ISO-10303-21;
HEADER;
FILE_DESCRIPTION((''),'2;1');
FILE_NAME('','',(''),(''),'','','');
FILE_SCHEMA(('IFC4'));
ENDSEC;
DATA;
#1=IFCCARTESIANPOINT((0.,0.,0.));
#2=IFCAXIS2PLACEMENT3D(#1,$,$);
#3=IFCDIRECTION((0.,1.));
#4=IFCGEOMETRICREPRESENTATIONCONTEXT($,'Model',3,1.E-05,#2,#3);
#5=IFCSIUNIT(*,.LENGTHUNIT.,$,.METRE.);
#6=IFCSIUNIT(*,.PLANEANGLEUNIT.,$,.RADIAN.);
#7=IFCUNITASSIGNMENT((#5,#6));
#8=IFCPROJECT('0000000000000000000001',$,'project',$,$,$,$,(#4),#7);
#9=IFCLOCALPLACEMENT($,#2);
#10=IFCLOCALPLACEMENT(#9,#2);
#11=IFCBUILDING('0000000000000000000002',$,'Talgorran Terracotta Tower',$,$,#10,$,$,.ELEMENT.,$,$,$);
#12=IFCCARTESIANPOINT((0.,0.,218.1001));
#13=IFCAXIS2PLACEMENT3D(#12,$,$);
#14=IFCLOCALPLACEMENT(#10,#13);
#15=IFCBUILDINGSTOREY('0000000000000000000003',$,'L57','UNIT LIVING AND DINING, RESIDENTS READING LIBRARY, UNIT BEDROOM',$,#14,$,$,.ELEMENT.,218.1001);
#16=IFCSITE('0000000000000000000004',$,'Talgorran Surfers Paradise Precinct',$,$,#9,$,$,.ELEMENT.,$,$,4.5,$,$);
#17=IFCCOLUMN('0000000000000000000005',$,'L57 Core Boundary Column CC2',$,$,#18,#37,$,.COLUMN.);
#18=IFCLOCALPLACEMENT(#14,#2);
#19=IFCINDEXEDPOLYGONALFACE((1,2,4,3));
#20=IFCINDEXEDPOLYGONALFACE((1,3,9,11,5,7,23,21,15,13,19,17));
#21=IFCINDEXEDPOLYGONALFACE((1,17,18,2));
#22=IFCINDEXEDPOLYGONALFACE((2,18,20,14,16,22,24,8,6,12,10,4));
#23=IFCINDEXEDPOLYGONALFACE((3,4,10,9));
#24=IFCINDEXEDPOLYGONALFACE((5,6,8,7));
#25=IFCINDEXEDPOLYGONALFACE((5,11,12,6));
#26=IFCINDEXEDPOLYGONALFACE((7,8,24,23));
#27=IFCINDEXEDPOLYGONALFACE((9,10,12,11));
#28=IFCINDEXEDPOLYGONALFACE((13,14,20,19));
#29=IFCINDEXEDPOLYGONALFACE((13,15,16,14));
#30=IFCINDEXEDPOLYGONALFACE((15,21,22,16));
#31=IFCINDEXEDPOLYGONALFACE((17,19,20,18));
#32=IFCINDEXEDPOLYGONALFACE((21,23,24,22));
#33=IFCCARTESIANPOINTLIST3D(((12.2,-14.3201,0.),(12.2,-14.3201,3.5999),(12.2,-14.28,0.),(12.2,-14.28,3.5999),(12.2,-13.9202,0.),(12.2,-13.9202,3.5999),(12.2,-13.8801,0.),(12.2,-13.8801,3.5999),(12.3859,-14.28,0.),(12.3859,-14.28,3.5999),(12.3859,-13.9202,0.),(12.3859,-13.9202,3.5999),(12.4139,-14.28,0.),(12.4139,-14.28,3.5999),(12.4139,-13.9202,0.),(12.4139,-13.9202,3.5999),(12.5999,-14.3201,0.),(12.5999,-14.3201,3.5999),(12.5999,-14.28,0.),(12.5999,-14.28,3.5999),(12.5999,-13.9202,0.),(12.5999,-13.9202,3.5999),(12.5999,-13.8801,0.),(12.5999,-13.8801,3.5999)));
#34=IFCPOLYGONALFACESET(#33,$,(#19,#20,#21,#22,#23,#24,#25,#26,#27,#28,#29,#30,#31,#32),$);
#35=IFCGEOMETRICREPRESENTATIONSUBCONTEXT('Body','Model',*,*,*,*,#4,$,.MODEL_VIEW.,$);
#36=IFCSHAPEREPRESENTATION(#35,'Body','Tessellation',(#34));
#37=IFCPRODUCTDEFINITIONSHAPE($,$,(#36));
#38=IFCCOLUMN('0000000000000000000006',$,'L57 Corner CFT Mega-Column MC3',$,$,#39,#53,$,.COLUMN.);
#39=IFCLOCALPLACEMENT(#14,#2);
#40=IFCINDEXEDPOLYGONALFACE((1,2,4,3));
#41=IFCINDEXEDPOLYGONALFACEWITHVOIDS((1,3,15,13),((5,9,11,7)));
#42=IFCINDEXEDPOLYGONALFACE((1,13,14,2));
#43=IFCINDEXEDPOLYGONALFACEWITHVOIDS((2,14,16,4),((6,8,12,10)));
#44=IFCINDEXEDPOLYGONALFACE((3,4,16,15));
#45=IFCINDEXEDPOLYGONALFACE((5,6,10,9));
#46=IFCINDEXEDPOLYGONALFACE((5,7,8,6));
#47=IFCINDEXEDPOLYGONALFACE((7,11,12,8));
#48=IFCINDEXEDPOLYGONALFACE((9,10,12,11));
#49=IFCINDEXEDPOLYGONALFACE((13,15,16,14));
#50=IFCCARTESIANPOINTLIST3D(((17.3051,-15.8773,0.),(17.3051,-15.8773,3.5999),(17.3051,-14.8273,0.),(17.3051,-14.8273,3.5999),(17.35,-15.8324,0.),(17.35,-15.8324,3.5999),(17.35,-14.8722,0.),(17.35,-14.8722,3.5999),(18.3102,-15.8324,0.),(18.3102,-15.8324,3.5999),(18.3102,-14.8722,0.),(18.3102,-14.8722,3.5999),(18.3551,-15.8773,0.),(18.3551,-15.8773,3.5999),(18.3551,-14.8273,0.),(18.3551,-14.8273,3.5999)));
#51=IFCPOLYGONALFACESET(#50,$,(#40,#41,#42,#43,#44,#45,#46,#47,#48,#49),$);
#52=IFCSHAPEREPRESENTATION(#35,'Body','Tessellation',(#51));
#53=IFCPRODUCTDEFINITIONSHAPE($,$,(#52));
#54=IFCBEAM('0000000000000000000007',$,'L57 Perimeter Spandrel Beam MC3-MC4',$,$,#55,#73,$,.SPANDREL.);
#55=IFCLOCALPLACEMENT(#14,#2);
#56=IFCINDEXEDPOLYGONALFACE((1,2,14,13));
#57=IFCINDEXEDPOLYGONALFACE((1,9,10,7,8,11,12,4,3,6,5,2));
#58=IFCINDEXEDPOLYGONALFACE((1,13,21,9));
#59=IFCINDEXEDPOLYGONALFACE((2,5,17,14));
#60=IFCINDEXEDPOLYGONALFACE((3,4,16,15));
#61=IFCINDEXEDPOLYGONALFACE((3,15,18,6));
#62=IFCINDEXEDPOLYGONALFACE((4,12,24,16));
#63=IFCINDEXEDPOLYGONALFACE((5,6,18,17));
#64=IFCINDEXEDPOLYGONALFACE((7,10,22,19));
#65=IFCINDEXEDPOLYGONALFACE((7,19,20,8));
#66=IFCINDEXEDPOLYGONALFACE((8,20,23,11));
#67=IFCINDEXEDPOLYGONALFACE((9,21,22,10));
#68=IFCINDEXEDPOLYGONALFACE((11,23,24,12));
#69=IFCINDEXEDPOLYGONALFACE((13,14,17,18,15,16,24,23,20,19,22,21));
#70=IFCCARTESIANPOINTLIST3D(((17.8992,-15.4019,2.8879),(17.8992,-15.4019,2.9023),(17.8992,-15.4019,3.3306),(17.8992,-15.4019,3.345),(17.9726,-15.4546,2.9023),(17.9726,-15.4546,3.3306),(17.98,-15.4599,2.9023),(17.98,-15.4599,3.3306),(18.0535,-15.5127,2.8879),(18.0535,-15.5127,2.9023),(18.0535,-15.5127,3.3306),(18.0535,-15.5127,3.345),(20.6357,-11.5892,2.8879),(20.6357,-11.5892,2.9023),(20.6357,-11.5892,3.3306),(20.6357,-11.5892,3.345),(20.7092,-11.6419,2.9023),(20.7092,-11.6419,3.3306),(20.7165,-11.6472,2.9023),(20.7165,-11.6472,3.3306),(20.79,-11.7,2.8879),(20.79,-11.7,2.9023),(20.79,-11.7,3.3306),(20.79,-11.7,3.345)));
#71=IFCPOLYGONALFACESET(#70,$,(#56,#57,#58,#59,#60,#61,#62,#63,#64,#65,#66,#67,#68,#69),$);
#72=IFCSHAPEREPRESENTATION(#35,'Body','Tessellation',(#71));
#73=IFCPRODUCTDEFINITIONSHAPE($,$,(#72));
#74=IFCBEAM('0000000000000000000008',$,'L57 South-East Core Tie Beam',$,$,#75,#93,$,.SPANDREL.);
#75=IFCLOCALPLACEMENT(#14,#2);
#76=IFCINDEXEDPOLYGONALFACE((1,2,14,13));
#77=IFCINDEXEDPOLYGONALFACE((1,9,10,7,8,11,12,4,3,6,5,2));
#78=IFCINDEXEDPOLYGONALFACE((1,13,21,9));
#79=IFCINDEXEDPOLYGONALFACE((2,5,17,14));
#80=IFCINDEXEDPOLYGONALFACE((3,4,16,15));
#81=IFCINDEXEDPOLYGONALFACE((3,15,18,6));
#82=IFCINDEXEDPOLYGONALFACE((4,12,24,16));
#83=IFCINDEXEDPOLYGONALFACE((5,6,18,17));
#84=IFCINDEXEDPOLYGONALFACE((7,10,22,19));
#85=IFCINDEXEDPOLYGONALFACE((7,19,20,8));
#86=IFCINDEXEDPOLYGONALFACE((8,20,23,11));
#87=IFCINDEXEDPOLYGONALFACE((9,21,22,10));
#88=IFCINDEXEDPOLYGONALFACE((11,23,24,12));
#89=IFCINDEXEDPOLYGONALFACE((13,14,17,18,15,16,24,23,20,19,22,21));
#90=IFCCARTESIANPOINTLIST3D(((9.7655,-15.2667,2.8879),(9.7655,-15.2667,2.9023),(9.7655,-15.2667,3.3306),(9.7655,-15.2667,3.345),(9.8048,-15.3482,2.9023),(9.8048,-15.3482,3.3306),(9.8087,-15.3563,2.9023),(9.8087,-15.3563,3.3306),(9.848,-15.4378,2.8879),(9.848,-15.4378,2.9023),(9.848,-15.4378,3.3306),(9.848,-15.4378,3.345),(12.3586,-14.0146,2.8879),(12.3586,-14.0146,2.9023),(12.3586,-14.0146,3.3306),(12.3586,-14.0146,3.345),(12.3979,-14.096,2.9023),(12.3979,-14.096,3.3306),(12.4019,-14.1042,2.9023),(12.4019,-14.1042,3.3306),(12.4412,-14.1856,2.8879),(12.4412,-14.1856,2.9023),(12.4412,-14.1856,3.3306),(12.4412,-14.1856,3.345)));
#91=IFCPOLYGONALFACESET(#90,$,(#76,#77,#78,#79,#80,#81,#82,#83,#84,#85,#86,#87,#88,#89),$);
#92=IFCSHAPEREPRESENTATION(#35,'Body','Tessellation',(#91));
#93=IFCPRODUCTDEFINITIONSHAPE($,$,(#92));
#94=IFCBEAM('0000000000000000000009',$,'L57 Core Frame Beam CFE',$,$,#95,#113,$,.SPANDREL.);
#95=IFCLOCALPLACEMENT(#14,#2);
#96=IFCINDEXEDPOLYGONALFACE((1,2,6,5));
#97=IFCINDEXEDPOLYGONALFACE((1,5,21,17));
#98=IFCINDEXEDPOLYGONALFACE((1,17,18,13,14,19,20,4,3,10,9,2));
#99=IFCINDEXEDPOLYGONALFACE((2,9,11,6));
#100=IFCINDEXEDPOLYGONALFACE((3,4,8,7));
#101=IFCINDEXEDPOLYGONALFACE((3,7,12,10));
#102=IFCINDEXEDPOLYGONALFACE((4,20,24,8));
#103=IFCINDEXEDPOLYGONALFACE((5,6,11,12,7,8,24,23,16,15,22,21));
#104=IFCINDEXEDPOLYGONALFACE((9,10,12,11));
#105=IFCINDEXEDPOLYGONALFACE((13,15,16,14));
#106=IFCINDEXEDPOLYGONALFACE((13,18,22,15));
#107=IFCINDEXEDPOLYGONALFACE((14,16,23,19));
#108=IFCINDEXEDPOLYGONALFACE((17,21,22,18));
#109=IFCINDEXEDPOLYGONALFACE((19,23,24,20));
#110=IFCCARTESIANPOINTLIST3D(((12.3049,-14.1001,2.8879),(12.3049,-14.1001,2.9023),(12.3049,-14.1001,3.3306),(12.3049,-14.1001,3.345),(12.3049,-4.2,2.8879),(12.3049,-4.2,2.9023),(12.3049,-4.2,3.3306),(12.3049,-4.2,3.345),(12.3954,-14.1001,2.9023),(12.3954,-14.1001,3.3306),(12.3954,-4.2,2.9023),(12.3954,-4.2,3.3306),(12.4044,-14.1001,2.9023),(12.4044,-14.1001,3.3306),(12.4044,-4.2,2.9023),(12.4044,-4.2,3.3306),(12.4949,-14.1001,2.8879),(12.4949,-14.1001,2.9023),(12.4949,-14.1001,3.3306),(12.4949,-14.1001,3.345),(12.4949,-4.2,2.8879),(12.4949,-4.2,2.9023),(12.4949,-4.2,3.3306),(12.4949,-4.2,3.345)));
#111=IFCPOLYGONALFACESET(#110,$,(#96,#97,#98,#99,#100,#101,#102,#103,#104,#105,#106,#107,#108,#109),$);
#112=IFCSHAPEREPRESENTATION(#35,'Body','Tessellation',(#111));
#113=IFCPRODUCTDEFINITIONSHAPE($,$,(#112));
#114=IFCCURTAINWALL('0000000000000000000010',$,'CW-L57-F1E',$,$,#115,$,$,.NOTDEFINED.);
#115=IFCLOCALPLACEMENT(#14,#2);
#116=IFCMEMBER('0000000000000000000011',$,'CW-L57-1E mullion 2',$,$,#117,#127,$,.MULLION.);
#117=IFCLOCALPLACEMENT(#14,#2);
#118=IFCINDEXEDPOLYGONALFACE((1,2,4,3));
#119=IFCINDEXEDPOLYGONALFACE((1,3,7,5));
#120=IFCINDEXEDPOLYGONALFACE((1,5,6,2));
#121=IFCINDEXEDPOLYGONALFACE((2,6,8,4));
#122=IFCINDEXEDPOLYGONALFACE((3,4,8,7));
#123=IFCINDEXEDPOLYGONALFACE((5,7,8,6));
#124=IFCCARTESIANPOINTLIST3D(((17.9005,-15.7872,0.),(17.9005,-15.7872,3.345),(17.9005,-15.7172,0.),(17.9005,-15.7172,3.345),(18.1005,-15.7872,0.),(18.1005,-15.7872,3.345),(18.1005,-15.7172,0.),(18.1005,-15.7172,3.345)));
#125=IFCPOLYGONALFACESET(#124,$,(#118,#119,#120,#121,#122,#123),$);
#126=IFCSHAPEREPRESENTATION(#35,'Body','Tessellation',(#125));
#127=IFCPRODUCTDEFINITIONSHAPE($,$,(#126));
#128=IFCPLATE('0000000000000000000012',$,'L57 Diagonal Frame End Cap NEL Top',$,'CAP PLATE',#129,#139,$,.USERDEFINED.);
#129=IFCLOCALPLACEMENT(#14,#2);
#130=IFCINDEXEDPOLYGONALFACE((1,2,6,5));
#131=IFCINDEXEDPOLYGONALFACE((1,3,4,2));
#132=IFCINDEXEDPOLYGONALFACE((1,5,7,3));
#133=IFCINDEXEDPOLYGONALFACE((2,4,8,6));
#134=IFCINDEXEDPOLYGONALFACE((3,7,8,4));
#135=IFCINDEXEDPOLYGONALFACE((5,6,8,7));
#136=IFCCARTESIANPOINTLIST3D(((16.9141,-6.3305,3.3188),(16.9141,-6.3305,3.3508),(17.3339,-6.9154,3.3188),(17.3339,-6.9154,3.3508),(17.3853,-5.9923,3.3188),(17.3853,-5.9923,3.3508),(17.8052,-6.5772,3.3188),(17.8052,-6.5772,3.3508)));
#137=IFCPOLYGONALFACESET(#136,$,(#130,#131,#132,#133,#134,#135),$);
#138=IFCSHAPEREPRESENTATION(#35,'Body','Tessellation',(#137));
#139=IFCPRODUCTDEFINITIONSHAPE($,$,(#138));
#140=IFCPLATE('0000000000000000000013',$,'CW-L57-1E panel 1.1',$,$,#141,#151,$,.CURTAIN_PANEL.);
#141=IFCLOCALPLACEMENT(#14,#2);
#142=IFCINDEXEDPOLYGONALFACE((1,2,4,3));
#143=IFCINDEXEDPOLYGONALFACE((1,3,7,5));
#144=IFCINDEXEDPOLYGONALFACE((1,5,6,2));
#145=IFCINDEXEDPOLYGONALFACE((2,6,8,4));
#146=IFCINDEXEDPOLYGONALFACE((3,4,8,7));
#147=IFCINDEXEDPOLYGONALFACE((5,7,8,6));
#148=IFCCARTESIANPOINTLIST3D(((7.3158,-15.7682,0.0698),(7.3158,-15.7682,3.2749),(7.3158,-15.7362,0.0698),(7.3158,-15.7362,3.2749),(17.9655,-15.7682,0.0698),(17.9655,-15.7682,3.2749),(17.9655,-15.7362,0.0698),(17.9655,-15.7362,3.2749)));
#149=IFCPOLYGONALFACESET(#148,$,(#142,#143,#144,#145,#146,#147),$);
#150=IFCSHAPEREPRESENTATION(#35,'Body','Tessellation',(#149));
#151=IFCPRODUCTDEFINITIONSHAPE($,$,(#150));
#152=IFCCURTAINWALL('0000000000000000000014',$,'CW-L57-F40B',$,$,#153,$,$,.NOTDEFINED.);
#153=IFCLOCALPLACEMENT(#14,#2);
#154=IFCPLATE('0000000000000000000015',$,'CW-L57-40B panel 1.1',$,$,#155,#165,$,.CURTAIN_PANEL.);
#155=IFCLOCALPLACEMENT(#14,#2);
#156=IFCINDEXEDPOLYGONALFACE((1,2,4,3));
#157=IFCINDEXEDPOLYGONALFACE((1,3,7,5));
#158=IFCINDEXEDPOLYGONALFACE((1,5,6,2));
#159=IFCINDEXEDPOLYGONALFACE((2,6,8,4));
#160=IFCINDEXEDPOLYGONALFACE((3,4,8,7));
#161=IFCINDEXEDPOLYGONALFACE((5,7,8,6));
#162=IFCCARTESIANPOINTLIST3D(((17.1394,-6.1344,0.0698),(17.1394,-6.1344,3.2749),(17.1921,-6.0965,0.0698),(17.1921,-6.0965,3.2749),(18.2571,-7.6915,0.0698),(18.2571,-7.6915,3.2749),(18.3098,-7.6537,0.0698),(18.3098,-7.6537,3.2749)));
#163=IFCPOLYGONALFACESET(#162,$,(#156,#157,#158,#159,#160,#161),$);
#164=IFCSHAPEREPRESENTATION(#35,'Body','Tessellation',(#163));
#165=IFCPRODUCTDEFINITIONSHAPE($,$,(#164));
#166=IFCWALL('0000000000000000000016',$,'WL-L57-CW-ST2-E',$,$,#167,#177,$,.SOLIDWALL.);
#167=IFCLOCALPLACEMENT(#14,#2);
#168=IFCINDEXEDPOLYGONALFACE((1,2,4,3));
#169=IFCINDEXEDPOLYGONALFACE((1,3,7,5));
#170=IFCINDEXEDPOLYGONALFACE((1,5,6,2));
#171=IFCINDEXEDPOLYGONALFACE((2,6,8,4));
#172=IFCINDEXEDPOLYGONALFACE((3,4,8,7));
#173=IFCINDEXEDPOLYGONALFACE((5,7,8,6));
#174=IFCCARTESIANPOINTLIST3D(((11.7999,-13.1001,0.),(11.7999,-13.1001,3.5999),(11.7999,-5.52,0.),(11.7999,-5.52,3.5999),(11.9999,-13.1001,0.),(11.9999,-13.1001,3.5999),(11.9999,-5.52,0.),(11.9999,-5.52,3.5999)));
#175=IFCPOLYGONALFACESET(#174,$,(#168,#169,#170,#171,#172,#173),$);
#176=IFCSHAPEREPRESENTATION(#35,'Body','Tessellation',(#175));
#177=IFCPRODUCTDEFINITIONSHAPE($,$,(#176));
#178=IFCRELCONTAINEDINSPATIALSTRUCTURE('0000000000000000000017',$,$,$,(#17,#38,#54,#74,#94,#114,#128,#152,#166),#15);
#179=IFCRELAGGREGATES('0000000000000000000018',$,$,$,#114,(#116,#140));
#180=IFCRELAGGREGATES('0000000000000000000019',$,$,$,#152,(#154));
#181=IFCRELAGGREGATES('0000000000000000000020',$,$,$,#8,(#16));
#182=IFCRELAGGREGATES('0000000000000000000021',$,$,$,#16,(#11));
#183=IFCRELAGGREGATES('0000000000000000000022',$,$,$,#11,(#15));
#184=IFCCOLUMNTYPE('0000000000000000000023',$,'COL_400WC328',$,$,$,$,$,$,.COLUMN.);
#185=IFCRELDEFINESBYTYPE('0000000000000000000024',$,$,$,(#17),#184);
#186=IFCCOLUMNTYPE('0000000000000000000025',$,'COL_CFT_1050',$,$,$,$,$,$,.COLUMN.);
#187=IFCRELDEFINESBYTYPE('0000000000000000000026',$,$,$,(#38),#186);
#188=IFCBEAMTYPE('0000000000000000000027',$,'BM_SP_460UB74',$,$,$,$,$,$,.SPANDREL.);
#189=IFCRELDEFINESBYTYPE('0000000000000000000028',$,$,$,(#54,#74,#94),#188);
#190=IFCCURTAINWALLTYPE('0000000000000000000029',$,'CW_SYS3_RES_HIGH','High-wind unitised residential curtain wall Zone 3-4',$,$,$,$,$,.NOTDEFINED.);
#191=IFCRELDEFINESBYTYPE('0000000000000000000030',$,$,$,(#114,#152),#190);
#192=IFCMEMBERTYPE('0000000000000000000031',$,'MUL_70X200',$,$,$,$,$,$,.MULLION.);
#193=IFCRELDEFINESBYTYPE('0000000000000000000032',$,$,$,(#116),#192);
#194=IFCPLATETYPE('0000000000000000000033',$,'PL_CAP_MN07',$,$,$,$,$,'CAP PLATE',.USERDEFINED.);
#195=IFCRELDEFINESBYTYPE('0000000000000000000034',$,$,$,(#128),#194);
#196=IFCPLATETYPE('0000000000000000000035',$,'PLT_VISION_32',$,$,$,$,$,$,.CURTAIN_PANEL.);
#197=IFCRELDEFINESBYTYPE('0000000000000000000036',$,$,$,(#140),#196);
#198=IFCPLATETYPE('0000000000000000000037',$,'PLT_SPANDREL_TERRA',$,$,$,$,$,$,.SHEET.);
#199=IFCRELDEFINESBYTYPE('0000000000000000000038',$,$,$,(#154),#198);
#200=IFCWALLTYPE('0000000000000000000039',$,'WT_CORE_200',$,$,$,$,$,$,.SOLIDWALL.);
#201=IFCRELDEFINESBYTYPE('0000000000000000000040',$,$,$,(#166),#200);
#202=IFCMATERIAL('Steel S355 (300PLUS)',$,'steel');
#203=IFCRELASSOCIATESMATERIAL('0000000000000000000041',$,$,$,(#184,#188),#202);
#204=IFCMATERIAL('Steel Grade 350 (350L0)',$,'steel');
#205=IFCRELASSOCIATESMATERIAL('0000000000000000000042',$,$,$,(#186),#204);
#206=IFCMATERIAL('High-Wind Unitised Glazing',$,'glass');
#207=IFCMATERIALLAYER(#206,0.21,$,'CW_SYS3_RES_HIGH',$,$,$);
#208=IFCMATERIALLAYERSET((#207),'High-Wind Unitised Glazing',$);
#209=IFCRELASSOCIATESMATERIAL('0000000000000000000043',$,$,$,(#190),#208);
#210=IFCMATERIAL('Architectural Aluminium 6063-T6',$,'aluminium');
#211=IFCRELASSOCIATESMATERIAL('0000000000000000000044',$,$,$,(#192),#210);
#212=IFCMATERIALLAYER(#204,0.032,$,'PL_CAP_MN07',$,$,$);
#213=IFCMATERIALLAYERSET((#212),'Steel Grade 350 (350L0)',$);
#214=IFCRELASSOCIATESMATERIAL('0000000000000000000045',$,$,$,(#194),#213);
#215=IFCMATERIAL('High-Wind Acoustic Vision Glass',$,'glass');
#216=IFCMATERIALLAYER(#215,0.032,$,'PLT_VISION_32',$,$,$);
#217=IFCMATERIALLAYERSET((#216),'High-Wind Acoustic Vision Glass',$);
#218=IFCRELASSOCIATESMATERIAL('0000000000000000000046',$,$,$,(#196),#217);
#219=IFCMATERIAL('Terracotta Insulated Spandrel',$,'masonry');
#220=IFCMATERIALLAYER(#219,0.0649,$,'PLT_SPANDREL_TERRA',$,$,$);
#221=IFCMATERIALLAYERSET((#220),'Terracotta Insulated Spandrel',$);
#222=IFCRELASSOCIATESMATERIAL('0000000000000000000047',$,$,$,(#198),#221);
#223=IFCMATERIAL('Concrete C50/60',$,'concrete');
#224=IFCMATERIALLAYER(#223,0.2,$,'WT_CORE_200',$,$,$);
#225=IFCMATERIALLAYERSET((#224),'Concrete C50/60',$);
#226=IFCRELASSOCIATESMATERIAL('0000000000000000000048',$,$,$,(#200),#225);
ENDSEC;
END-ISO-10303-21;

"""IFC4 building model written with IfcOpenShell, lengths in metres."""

from ifc_helpers import new_model, si_unit, direction, frame, frame_2d, origin, origin_2d, place, context, subcontext, project, spatial, rectangle, hollow_rectangle, i_section, extrude, source, transform, mapped, material, layer, layer_set, material_profile, profile_set, type_object, type_shapes, element, aggregate, save


model = new_model("IFC4")

# Units and contexts
model_context = context("Model", 3, precision=1e-05, world=origin(), true_north=direction((0.0, 1.0)))
body_context = subcontext(model_context, "Body", "Model", "MODEL_VIEW")
ifc_project = project(units=[si_unit("LENGTHUNIT", "METRE"), si_unit("PLANEANGLEUNIT", "RADIAN")], contexts=[model_context])

# Site, building, storey
site_placement = place(None, origin())
site = spatial("IfcSite", under=ifc_project, at=site_placement, Name="Talgorran Surfers Paradise Precinct", CompositionType="ELEMENT", RefElevation=4.5)
building_placement = place(site_placement, origin())
building = spatial("IfcBuilding", under=site, at=building_placement, Name="Talgorran Terracotta Tower", CompositionType="ELEMENT")
storey_placement = place(building_placement, frame((0.0, 0.0, 218.1001)))
storey = spatial("IfcBuildingStorey", under=building, at=storey_placement, Name="L57", Description="UNIT LIVING AND DINING, RESIDENTS READING LIBRARY, UNIT BEDROOM", CompositionType="ELEMENT", Elevation=218.1001)

# Columns
ifc_material_1 = material(Name="Steel S355 (300PLUS)", Category="steel")
ifc_material_profile_1 = material_profile(ifc_material_1, i_section(OverallWidth=0.3999, OverallDepth=0.4399, WebThickness=0.0281, FlangeThickness=0.04, at=origin_2d()), Name="400WC328")
ifc_profile_set_1 = profile_set([ifc_material_profile_1], Name="Steel S355 (300PLUS)")
column_type_1 = type_object("IfcColumnType", Name="COL_400WC328", PredefinedType="COLUMN", material=ifc_profile_set_1)
column_1_placement = place(storey_placement, frame((12.3999, -14.1001, 0.0), z_axis=(0.0, 0.0, 1.0), x_axis=(1.0, 0.0, 0.0)))
element("IfcColumn", 1, at=column_1_placement, inside=storey, type_object=column_type_1, Name="L57 Core Boundary Column CC2", PredefinedType="COLUMN", context=body_context, shape_type="SweptSolid", body=[
    extrude(i_section(OverallWidth=0.3999, OverallDepth=0.4399, WebThickness=0.0281, FlangeThickness=0.04, at=origin_2d()), origin(), (0.0, 0.0, 1.0), 3.5999),
])
ifc_material_2 = material(Name="Steel Grade 350 (350L0)", Category="steel")
ifc_material_profile_2 = material_profile(ifc_material_2, hollow_rectangle(XDim=1.05, YDim=1.05, WallThickness=0.0449, at=origin_2d()), Name="CFT1050X1050X45")
ifc_profile_set_2 = profile_set([ifc_material_profile_2], Name="Steel Grade 350 (350L0)")
column_type_2 = type_object("IfcColumnType", Name="COL_CFT_1050", PredefinedType="COLUMN", material=ifc_profile_set_2)
column_2_placement = place(storey_placement, frame((17.8301, -15.3523, 0.0), z_axis=(0.0, 0.0, 1.0), x_axis=(1.0, 0.0, 0.0)))
element("IfcColumn", 2, at=column_2_placement, inside=storey, type_object=column_type_2, Name="L57 Corner CFT Mega-Column MC3", PredefinedType="COLUMN", context=body_context, shape_type="SweptSolid", body=[
    extrude(hollow_rectangle(XDim=1.05, YDim=1.05, WallThickness=0.0449, at=origin_2d()), origin(), (0.0, 0.0, 1.0), 3.5999),
])

# Beams
ifc_material_profile_3 = material_profile(ifc_material_1, i_section(OverallWidth=0.1899, OverallDepth=0.457, WebThickness=0.009, FlangeThickness=0.0144, at=origin_2d()), Name="460UB74.6")
ifc_profile_set_3 = profile_set([ifc_material_profile_3], Name="Steel S355 (300PLUS)")
beam_type = type_object("IfcBeamType", Name="BM_SP_460UB74", PredefinedType="SPANDREL", material=ifc_profile_set_3)
beam_1_placement = place(storey_placement, frame((17.9763, -15.4573, 3.1165), z_axis=(0.583097, 0.812403, 0.0), x_axis=(-0.812403, 0.583097, 0.0)))
element("IfcBeam", 3, at=beam_1_placement, inside=storey, type_object=beam_type, Name="L57 Perimeter Spandrel Beam MC3-MC4", PredefinedType="SPANDREL", context=body_context, shape_type="SweptSolid", body=[
    extrude(i_section(OverallWidth=0.1899, OverallDepth=0.457, WebThickness=0.009, FlangeThickness=0.0144, at=origin_2d()), origin(), (0.0, 0.0, 1.0), 4.6931),
])
beam_2_placement = place(storey_placement, frame((12.3999, -14.1001, 3.1165), z_axis=(-0.900514, -0.434827, 0.0), x_axis=(0.434827, -0.900514, 0.0)))
element("IfcBeam", 4, at=beam_2_placement, inside=storey, type_object=beam_type, Name="L57 South-East Core Tie Beam", PredefinedType="SPANDREL", context=body_context, shape_type="SweptSolid", body=[
    extrude(i_section(OverallWidth=0.1899, OverallDepth=0.457, WebThickness=0.009, FlangeThickness=0.0144, at=origin_2d()), origin(), (0.0, 0.0, 1.0), 2.8796),
])
beam_3_placement = place(storey_placement, frame((12.3999, -14.1001, 3.1165), z_axis=(0.0, 1.0, 0.0), x_axis=(-1.0, 0.0, 0.0)))
element("IfcBeam", 5, at=beam_3_placement, inside=storey, type_object=beam_type, Name="L57 Core Frame Beam CFE", PredefinedType="SPANDREL", context=body_context, shape_type="SweptSolid", body=[
    extrude(i_section(OverallWidth=0.1899, OverallDepth=0.457, WebThickness=0.009, FlangeThickness=0.0144, at=origin_2d()), origin(), (0.0, 0.0, 1.0), 9.9001),
])

# Curtain wall, member
ifc_material_3 = material(Name="High-Wind Unitised Glazing", Category="glass")
ifc_layer_1 = layer(ifc_material_3, 0.21, Name="CW_SYS3_RES_HIGH")
ifc_layer_set_1 = layer_set([ifc_layer_1], Name="High-Wind Unitised Glazing")
curtain_wall_type = type_object("IfcCurtainWallType", Name="CW_SYS3_RES_HIGH", Description="High-wind unitised residential curtain wall Zone 3-4", PredefinedType="NOTDEFINED", material=ifc_layer_set_1)
curtain_wall_1_placement = place(storey_placement, origin())
curtain_wall_1 = element("IfcCurtainWall", 6, at=curtain_wall_1_placement, inside=storey, type_object=curtain_wall_type, Name="CW-L57-F1E", PredefinedType="NOTDEFINED")
ifc_material_4 = material(Name="Architectural Aluminium 6063-T6", Category="aluminium")
ifc_material_profile_4 = material_profile(ifc_material_4, rectangle(XDim=0.0701, YDim=0.2, at=origin_2d()), Name="CWM70X200")
ifc_profile_set_4 = profile_set([ifc_material_profile_4], Name="Architectural Aluminium 6063-T6")
member_type = type_object("IfcMemberType", Name="MUL_70X200", PredefinedType="MULLION", material=ifc_profile_set_4)
member_placement = place(storey_placement, frame((18.0005, -15.7522, 0.0), z_axis=(0.0, 0.0, 1.0), x_axis=(0.0, 1.0, 0.0)))
member = element("IfcMember", 7, at=member_placement, type_object=member_type, Name="CW-L57-1E mullion 2", PredefinedType="MULLION", context=body_context, shape_type="SweptSolid", body=[
    extrude(rectangle(XDim=0.0701, YDim=0.2, at=origin_2d()), origin(), (0.0, 0.0, 1.0), 3.345),
])

# Plates
ifc_layer_2 = layer(ifc_material_2, 0.032, Name="PL_CAP_MN07")
ifc_layer_set_2 = layer_set([ifc_layer_2], Name="Steel Grade 350 (350L0)")
plate_type_1 = type_object("IfcPlateType", Name="PL_CAP_MN07", ElementType="CAP PLATE", PredefinedType="USERDEFINED", material=ifc_layer_set_2)
plate_1_placement = place(storey_placement, frame((17.3596, -6.4539, 3.3188), z_axis=(0.0, 0.0, 1.0), x_axis=(-0.583116, 0.812389, 0.0)))
element("IfcPlate", 8, at=plate_1_placement, inside=storey, type_object=plate_type_1, Name="L57 Diagonal Frame End Cap NEL Top", ObjectType="CAP PLATE", PredefinedType="USERDEFINED", context=body_context, shape_type="SweptSolid", body=[
    extrude(rectangle(XDim=0.72, YDim=0.5801, at=origin_2d()), origin(), (0.0, 0.0, 1.0), 0.032),
])
ifc_material_5 = material(Name="High-Wind Acoustic Vision Glass", Category="glass")
ifc_layer_3 = layer(ifc_material_5, 0.032, Name="PLT_VISION_32")
ifc_layer_set_3 = layer_set([ifc_layer_3], Name="High-Wind Acoustic Vision Glass")
plate_type_2 = type_object("IfcPlateType", Name="PLT_VISION_32", PredefinedType="CURTAIN_PANEL", material=ifc_layer_set_3)
shared_shape_1 = source(origin(), body_context, "Body", "SweptSolid", [
    extrude(rectangle(XDim=10.6497, YDim=0.032, at=origin_2d()), origin(), (0.0, 0.0, 1.0), 3.2051),
])
type_shapes(plate_type_2, [shared_shape_1])
plate_2_placement = place(storey_placement, frame((12.6406, -15.7522, 0.0698), z_axis=(0.0, 0.0, 1.0), x_axis=(1.0, 0.0, 0.0)))
plate_2 = element("IfcPlate", 9, at=plate_2_placement, type_object=plate_type_2, Name="CW-L57-1E panel 1.1", PredefinedType="CURTAIN_PANEL", context=body_context, shape_type="MappedRepresentation", body=[
    mapped(shared_shape_1, transform((0.0, 0.0, 0.0), scale=1.0)),
])
aggregate(curtain_wall_1, [member, plate_2])

# Curtain wall, plate
curtain_wall_2_placement = place(storey_placement, origin())
curtain_wall_2 = element("IfcCurtainWall", 10, at=curtain_wall_2_placement, inside=storey, type_object=curtain_wall_type, Name="CW-L57-F40B", PredefinedType="NOTDEFINED")
ifc_material_6 = material(Name="Terracotta Insulated Spandrel", Category="masonry")
ifc_layer_4 = layer(ifc_material_6, 0.0649, Name="PLT_SPANDREL_TERRA")
ifc_layer_set_4 = layer_set([ifc_layer_4], Name="Terracotta Insulated Spandrel")
plate_type_3 = type_object("IfcPlateType", Name="PLT_SPANDREL_TERRA", PredefinedType="SHEET", material=ifc_layer_set_4)
shared_shape_2 = source(origin(), body_context, "Body", "SweptSolid", [
    extrude(rectangle(XDim=1.9167, YDim=0.0649, at=origin_2d()), origin(), (0.0, 0.0, 1.0), 3.2051),
])
type_shapes(plate_type_3, [shared_shape_2])
plate_3_placement = place(storey_placement, frame((17.7246, -6.894, 0.0698), z_axis=(0.0, 0.0, 1.0), x_axis=(-0.583127, 0.812381, 0.0)))
plate_3 = element("IfcPlate", 11, at=plate_3_placement, type_object=plate_type_3, Name="CW-L57-40B panel 1.1", PredefinedType="CURTAIN_PANEL", context=body_context, shape_type="MappedRepresentation", body=[
    mapped(shared_shape_2, transform((0.0, 0.0, 0.0), scale=1.0)),
])
aggregate(curtain_wall_2, [plate_3])

# Wall
ifc_material_7 = material(Name="Concrete C50/60", Category="concrete")
ifc_layer_5 = layer(ifc_material_7, 0.2, Name="WT_CORE_200")
ifc_layer_set_5 = layer_set([ifc_layer_5], Name="Concrete C50/60")
wall_type_1 = type_object("IfcWallType", Name="WT_CORE_200", PredefinedType="SOLIDWALL", material=ifc_layer_set_5)
wall_1_placement = place(storey_placement, frame((11.8999, -13.1001, 0.0), z_axis=(0.0, 0.0, 1.0), x_axis=(0.0, 1.0, 0.0)))
element("IfcWall", 12, at=wall_1_placement, inside=storey, type_object=wall_type_1, Name="WL-L57-CW-ST2-E", PredefinedType="SOLIDWALL", context=body_context, shape_type="SweptSolid", body=[
    extrude(rectangle(XDim=7.5801, YDim=0.2, at=frame_2d((3.79, 0.0))), origin(), (0.0, 0.0, 1.0), 3.5999),
])

save(model, "model.ifc")
